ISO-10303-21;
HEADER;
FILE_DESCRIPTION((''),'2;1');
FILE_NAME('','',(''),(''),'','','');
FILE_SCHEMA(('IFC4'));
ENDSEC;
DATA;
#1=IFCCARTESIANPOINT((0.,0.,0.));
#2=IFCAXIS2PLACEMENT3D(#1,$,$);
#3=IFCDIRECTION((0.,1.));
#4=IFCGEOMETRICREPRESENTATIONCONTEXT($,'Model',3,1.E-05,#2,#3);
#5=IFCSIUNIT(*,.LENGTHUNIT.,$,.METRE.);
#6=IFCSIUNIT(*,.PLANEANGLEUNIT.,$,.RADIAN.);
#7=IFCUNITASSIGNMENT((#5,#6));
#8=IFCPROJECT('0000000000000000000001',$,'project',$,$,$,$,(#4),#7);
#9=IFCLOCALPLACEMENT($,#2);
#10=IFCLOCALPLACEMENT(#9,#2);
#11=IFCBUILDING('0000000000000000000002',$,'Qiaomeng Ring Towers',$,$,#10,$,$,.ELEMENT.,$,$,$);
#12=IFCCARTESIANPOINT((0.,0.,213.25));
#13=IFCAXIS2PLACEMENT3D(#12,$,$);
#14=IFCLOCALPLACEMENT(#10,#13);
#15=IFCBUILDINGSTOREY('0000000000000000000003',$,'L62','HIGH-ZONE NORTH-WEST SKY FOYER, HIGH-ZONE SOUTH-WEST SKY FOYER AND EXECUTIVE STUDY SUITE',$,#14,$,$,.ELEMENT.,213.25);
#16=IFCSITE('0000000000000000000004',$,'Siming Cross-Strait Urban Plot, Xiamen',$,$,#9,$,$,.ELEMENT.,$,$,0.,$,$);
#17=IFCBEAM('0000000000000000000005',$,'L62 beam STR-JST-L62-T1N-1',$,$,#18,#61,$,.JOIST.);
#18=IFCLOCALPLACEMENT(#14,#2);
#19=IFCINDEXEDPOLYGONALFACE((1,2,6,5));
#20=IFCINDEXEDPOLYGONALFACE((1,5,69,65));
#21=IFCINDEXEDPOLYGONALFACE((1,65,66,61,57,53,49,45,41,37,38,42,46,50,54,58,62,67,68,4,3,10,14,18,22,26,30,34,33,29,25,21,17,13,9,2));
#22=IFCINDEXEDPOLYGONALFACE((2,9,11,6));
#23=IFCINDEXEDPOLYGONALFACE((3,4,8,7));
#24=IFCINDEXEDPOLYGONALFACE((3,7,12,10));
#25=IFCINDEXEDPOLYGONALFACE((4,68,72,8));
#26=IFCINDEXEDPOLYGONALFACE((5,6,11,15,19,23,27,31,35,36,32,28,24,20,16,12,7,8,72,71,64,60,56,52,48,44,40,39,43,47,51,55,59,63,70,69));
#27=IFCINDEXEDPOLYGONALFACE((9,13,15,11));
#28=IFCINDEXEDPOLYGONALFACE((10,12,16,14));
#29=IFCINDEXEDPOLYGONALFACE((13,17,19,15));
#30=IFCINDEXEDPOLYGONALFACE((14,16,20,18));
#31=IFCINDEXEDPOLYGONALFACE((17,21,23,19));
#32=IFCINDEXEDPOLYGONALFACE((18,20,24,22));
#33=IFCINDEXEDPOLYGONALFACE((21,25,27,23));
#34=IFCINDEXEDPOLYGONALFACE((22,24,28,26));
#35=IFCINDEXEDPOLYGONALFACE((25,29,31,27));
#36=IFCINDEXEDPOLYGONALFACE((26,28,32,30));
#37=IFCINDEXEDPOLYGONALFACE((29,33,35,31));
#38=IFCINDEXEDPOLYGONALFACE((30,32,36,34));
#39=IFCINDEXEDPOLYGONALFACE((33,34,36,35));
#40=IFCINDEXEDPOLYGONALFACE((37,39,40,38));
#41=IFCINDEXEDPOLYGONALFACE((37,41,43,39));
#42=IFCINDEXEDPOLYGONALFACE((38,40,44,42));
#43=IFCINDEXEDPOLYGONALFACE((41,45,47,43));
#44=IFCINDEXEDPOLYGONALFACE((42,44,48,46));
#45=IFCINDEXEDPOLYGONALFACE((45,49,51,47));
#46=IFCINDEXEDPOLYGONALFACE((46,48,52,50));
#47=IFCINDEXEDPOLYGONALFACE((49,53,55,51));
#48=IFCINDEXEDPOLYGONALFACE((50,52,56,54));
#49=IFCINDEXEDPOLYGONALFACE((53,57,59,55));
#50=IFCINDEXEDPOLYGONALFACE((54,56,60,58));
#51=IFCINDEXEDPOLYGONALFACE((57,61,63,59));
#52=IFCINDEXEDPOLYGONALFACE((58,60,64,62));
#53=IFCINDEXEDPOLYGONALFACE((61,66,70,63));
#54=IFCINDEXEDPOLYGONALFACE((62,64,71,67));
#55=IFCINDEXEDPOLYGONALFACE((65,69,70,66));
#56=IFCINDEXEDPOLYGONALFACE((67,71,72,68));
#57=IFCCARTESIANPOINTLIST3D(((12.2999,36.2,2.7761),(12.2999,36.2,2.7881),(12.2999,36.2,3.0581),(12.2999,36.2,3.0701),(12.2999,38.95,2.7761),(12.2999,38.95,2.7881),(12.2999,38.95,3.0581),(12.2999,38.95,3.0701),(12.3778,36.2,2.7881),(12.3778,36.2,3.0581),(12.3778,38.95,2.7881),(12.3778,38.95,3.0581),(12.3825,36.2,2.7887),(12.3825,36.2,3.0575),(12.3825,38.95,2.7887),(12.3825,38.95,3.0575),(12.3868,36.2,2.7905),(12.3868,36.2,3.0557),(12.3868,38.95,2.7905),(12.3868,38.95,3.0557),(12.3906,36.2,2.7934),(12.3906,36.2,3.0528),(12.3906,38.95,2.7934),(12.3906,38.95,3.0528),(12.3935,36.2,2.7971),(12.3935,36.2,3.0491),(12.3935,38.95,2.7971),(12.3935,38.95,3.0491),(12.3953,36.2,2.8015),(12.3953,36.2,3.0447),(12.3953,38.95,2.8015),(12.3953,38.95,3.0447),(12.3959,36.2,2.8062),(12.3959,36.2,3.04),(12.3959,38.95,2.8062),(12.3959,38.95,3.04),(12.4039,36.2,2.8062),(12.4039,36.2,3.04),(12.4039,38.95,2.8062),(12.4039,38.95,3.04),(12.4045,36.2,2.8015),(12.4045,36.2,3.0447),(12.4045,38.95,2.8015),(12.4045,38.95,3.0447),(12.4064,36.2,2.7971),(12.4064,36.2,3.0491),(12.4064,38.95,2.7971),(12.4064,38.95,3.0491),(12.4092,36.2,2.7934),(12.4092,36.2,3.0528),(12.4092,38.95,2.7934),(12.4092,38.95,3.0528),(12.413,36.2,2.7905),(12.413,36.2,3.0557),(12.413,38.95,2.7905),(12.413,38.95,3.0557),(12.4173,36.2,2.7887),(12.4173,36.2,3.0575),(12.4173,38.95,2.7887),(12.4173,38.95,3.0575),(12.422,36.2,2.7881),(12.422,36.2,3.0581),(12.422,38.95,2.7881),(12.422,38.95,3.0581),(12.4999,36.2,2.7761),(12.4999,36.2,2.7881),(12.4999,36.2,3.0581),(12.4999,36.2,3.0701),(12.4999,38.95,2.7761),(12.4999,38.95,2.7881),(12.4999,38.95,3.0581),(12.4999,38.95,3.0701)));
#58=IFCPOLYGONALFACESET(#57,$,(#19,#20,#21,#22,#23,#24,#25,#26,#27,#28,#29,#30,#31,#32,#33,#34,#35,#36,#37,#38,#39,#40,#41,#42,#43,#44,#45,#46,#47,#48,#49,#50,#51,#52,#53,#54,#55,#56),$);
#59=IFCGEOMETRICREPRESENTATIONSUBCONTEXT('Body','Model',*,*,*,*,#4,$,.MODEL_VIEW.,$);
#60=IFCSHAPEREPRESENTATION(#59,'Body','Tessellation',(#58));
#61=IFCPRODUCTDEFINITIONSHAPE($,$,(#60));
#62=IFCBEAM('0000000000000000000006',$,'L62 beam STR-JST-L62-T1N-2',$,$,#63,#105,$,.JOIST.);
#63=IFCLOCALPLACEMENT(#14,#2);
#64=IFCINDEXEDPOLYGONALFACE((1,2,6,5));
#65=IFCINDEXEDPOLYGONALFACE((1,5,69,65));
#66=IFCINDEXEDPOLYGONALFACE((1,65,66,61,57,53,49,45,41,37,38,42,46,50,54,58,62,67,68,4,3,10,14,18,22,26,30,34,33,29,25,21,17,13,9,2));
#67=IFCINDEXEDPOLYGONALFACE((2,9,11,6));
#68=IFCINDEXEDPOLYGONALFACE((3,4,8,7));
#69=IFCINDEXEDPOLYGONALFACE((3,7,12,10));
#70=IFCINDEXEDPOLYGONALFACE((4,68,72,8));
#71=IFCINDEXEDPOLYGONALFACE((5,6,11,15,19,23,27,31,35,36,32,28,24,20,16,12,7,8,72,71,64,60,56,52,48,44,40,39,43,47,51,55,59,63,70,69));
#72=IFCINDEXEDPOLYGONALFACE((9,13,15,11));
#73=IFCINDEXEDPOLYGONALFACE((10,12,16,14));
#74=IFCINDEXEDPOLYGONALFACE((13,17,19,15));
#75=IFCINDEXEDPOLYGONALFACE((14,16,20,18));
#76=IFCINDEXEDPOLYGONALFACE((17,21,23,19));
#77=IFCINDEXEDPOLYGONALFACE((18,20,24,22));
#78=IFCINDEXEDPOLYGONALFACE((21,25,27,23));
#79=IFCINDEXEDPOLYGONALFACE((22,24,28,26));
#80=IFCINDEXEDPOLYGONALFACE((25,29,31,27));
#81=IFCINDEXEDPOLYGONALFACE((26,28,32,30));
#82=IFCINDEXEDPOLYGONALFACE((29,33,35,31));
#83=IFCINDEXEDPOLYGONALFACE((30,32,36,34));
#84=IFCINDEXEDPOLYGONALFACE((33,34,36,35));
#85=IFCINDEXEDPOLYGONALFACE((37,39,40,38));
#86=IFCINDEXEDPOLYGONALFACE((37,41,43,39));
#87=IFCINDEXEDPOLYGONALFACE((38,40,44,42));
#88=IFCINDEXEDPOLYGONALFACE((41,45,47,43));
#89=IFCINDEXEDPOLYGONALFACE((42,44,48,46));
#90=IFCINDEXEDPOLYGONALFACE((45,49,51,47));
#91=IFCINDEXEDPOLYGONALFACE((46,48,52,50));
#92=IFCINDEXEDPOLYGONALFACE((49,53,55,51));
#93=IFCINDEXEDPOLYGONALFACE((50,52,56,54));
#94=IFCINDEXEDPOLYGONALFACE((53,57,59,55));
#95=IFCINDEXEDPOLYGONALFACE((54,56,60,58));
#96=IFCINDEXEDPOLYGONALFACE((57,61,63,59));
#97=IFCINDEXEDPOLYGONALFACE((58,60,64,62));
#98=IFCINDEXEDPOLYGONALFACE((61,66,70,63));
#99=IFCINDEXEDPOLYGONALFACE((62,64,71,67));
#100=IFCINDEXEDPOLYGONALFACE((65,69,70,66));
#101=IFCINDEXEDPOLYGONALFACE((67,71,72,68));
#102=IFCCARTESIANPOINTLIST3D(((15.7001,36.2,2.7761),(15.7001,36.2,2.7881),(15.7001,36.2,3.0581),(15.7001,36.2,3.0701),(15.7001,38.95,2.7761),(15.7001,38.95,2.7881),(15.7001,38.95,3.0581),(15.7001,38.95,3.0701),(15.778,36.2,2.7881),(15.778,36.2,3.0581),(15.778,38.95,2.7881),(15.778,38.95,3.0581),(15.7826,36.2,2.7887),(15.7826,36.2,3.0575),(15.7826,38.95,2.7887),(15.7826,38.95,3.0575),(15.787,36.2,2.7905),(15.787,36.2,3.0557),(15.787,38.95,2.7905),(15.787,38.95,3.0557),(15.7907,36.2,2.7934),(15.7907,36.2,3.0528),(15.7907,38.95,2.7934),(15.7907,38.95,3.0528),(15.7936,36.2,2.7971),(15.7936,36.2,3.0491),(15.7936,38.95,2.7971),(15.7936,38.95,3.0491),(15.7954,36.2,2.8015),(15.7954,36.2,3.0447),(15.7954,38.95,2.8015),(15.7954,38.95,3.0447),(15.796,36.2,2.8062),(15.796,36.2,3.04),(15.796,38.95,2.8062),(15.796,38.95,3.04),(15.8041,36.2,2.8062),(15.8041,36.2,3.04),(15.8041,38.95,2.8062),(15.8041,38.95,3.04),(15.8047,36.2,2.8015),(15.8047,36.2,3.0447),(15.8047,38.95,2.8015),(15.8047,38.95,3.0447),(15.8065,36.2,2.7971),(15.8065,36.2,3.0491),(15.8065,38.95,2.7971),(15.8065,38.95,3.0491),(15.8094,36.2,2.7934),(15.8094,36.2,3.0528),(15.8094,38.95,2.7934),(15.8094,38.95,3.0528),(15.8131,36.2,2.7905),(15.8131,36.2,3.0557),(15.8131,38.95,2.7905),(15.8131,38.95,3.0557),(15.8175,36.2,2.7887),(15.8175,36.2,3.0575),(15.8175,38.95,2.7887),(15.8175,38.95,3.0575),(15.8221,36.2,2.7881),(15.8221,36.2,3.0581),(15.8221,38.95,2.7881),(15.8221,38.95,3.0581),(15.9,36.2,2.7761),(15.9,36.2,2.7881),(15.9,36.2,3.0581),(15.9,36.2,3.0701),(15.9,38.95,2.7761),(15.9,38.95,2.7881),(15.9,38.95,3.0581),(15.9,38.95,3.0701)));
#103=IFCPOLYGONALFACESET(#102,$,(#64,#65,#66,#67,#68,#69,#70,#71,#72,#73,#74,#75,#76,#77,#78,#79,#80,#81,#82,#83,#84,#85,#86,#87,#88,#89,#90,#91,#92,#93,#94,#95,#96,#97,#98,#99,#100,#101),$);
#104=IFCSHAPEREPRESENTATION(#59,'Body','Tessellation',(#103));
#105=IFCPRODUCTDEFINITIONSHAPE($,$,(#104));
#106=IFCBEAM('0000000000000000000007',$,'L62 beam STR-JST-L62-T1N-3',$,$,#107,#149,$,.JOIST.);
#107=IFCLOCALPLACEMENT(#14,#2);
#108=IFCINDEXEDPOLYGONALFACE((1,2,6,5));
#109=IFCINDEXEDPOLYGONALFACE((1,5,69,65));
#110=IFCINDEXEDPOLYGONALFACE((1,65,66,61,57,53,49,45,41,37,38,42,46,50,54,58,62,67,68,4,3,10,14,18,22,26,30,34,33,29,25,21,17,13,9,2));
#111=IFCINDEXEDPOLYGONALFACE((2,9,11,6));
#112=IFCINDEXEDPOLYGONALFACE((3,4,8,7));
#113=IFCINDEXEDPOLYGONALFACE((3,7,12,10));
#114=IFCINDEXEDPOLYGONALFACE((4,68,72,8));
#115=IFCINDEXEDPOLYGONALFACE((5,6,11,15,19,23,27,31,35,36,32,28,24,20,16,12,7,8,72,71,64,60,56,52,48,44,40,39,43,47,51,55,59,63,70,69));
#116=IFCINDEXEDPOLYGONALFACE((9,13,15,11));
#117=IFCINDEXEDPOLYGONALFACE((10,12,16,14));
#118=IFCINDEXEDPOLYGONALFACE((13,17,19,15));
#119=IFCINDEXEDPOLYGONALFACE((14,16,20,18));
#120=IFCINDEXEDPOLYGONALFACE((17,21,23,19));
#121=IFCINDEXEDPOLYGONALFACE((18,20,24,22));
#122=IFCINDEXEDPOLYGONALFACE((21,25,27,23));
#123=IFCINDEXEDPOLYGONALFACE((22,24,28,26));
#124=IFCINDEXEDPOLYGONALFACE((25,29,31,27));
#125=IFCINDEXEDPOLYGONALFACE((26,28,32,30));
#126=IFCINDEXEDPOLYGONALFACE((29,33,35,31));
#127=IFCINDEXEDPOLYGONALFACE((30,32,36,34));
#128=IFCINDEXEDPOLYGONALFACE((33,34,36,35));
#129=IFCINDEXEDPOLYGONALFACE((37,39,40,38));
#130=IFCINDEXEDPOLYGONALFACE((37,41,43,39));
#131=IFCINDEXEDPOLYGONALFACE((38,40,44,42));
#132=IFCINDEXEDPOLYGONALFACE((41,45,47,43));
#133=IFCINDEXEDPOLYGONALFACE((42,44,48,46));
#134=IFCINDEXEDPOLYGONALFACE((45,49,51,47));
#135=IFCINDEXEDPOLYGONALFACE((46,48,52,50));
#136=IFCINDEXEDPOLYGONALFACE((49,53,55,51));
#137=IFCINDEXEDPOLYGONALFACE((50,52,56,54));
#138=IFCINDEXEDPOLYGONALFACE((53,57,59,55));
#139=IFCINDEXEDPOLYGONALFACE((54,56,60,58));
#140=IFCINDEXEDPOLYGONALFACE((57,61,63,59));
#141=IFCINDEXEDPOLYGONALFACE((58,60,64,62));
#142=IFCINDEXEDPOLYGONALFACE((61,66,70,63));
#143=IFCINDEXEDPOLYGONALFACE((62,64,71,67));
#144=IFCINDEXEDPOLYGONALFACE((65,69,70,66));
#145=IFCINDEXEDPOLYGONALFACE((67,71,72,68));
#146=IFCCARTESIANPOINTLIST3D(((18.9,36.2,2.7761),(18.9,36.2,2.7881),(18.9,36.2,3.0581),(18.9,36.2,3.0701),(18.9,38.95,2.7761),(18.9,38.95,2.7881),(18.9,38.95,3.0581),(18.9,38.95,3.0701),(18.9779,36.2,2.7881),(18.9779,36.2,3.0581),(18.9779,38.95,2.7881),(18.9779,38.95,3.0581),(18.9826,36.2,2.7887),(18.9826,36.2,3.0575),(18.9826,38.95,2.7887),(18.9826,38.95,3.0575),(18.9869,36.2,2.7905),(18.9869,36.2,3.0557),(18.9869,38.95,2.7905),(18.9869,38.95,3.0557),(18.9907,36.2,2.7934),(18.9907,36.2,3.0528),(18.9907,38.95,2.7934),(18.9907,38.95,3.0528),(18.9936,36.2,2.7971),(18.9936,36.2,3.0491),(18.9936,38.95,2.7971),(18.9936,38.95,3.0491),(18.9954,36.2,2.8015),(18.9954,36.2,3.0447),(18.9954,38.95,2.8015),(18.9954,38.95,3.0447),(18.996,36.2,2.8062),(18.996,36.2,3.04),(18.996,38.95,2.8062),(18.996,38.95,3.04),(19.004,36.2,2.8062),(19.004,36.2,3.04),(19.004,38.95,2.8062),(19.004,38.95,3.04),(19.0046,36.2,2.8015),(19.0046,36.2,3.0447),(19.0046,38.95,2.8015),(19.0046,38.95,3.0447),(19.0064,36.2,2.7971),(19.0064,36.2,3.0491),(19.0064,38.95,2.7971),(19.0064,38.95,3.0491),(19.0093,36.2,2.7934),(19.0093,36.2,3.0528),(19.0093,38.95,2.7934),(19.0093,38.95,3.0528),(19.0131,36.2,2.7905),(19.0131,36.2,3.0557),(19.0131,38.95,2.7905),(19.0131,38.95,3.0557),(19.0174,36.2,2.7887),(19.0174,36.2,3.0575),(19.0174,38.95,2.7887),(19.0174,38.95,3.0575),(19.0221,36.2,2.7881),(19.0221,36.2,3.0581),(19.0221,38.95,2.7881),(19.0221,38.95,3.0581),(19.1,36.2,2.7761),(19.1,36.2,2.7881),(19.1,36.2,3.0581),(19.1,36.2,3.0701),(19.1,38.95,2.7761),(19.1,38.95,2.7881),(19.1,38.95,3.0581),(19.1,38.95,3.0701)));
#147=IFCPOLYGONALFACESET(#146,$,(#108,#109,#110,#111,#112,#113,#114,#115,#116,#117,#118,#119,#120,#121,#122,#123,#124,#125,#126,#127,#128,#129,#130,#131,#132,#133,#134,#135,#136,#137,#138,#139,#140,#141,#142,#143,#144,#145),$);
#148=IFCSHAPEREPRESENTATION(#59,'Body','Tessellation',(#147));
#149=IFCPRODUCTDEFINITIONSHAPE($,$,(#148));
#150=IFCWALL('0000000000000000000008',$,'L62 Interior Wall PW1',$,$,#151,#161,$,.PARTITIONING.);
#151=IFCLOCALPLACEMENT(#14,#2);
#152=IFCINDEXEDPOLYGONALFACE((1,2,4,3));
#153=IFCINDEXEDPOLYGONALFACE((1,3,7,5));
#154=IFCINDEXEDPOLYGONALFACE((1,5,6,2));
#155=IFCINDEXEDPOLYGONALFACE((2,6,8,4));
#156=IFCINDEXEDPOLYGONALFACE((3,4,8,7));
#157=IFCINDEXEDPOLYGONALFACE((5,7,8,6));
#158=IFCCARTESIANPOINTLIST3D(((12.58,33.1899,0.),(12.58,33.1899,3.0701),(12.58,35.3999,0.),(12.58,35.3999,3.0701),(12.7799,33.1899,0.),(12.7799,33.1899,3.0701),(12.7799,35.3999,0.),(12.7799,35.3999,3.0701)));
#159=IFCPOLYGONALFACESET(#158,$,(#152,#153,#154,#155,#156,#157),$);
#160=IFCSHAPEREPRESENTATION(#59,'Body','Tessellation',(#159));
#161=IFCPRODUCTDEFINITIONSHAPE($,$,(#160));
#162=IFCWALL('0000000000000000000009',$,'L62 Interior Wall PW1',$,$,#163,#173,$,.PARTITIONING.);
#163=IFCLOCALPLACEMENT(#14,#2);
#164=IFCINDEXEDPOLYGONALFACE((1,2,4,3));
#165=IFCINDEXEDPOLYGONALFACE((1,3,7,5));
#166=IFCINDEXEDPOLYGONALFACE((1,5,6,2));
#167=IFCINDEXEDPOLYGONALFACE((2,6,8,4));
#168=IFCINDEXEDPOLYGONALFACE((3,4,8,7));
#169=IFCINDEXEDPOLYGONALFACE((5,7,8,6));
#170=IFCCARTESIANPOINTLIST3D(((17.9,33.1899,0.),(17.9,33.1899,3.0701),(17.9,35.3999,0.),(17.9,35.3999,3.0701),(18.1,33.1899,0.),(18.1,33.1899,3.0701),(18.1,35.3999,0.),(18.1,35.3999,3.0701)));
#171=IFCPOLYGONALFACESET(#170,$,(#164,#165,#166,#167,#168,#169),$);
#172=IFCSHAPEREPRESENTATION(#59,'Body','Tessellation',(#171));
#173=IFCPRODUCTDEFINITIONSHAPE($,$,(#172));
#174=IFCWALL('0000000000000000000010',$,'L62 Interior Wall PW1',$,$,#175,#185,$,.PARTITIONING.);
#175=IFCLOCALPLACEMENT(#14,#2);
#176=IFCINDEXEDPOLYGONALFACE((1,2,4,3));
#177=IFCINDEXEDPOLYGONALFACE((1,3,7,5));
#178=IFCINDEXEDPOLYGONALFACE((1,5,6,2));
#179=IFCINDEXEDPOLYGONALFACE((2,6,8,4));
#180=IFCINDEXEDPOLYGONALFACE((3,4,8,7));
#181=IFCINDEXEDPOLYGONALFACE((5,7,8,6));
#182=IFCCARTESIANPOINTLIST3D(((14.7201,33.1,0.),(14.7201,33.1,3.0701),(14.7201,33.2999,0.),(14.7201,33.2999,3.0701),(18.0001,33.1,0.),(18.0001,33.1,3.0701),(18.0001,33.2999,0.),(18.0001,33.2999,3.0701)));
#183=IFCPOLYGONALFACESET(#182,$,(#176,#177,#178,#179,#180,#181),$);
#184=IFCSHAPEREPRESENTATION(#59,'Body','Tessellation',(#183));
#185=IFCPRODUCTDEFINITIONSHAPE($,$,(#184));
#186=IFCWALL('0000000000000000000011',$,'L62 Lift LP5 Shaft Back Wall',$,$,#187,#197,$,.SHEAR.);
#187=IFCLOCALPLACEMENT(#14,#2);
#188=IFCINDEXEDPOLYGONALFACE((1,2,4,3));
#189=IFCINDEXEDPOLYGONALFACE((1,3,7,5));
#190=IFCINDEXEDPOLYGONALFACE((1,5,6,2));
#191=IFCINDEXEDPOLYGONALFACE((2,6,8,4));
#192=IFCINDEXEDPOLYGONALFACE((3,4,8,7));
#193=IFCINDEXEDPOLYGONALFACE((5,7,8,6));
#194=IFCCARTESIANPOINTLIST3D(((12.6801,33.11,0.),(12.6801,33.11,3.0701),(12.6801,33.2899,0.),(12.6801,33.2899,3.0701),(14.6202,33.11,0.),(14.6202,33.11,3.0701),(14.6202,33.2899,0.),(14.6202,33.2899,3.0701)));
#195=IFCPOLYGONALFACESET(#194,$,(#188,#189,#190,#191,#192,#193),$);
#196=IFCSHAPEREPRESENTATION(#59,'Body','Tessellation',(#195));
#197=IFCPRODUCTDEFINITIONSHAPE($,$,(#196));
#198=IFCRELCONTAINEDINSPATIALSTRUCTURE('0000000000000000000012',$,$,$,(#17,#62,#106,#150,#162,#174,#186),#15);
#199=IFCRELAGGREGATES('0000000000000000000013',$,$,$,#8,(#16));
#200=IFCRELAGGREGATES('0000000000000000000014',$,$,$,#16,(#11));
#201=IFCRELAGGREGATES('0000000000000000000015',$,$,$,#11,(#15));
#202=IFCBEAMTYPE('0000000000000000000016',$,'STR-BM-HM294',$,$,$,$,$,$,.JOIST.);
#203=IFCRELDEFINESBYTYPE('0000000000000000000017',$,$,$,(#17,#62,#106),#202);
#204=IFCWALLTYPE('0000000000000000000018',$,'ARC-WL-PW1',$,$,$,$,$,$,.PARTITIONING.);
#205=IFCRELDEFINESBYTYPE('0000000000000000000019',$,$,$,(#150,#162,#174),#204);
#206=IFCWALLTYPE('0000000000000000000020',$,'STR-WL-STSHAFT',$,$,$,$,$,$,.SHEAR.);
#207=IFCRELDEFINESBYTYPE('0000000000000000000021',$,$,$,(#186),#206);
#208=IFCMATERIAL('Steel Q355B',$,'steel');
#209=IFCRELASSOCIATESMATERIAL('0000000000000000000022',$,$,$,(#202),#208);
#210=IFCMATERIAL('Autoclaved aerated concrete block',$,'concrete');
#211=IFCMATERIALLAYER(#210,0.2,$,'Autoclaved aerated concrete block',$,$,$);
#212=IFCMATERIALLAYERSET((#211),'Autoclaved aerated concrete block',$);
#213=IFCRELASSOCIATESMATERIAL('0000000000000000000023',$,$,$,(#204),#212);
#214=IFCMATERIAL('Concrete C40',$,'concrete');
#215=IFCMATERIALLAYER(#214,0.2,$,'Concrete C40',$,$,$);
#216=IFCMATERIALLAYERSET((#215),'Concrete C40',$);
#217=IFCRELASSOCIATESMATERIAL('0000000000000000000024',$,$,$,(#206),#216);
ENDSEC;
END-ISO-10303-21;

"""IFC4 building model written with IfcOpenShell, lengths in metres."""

from ifc_helpers import new_model, si_unit, direction, frame, frame_2d, origin, origin_2d, place, context, subcontext, project, spatial, rectangle, i_section, extrude, source, transform, mapped, material, layer, layer_set, material_profile, profile_set, type_object, element, save


model = new_model("IFC4")

# Units and contexts
model_context = context("Model", 3, precision=1e-05, world=origin(), true_north=direction((0.0, 1.0)))
body_context = subcontext(model_context, "Body", "Model", "MODEL_VIEW")
ifc_project = project(units=[si_unit("LENGTHUNIT", "METRE"), si_unit("PLANEANGLEUNIT", "RADIAN")], contexts=[model_context])

# Site, building, storey
site_placement = place(None, origin())
site = spatial("IfcSite", under=ifc_project, at=site_placement, Name="Siming Cross-Strait Urban Plot, Xiamen", CompositionType="ELEMENT", RefElevation=0.0)
building_placement = place(site_placement, origin())
building = spatial("IfcBuilding", under=site, at=building_placement, Name="Qiaomeng Ring Towers", CompositionType="ELEMENT")
storey_placement = place(building_placement, frame((0.0, 0.0, 213.25)))
storey = spatial("IfcBuildingStorey", under=building, at=storey_placement, Name="L62", Description="HIGH-ZONE NORTH-WEST SKY FOYER, HIGH-ZONE SOUTH-WEST SKY FOYER AND EXECUTIVE STUDY SUITE", CompositionType="ELEMENT", Elevation=213.25)

# Beams
ifc_material_1 = material(Name="Steel Q355B", Category="steel")
ifc_material_profile = material_profile(ifc_material_1, i_section(OverallWidth=0.2, OverallDepth=0.2939, WebThickness=0.0081, FlangeThickness=0.012, FilletRadius=0.0181, at=origin_2d()), Name="HM 294x200x8x12")
ifc_profile_set = profile_set([ifc_material_profile], Name="Steel Q355B")
beam_type = type_object("IfcBeamType", Name="STR-BM-HM294", PredefinedType="JOIST", material=ifc_profile_set)
shared_shape_1 = source(origin(), body_context, "Body", "SweptSolid", [
    extrude(i_section(OverallWidth=0.2, OverallDepth=0.2939, WebThickness=0.0081, FlangeThickness=0.012, FilletRadius=0.0181, at=origin_2d()), origin(), (0.0, 0.0, 1.0), 2.75),
])
for number, where, z_axis, x_axis, name in (
    (1, (12.3999, 36.2, 2.9231), (0.0, 1.0, 0.0), (-1.0, 0.0, 0.0), "L62 beam STR-JST-L62-T1N-1"),
    (2, (15.8, 36.2, 2.9231), (0.0, 1.0, 0.0), (-1.0, 0.0, 0.0), "L62 beam STR-JST-L62-T1N-2"),
    (3, (19.0, 36.2, 2.9231), (0.0, 1.0, 0.0), (-1.0, 0.0, 0.0), "L62 beam STR-JST-L62-T1N-3"),
):
    element("IfcBeam", number, at=place(storey_placement, frame(where, z_axis=z_axis, x_axis=x_axis)), inside=storey, type_object=beam_type, Name=name, PredefinedType="JOIST", context=body_context, shape_type="MappedRepresentation", body=[
        mapped(shared_shape_1, transform((0.0, 0.0, 0.0), x_axis=(1.0, 0.0, 0.0), y_axis=(0.0, 1.0, 0.0), z_axis=(0.0, 0.0, 1.0), scale=1.0)),
    ])

# Walls
ifc_material_2 = material(Name="Autoclaved aerated concrete block", Category="concrete")
ifc_layer_1 = layer(ifc_material_2, 0.2, Name="Autoclaved aerated concrete block")
ifc_layer_set_1 = layer_set([ifc_layer_1], Name="Autoclaved aerated concrete block")
wall_type_1 = type_object("IfcWallType", Name="ARC-WL-PW1", PredefinedType="PARTITIONING", material=ifc_layer_set_1)
for number, where, z_axis, x_axis, name in (
    (4, (12.6799, 33.1899, 0.0), (0.0, 0.0, 1.0), (0.0, 1.0, 0.0), "L62 Interior Wall PW1"),
    (5, (18.0, 33.1899, 0.0), (0.0, 0.0, 1.0), (0.0, 1.0, 0.0), "L62 Interior Wall PW1"),
):
    element("IfcWall", number, at=place(storey_placement, frame(where, z_axis=z_axis, x_axis=x_axis)), inside=storey, type_object=wall_type_1, Name=name, PredefinedType="PARTITIONING", context=body_context, shape_type="SweptSolid", body=[
        extrude(rectangle(XDim=2.21, YDim=0.2, at=frame_2d((1.105, 0.0))), origin(), (0.0, 0.0, 1.0), 3.0701),
    ])
wall_1_placement = place(storey_placement, frame((14.72, 33.2, 0.0), z_axis=(0.0, 0.0, 1.0), x_axis=(1.0, 0.0, 0.0)))
element("IfcWall", 6, at=wall_1_placement, inside=storey, type_object=wall_type_1, Name="L62 Interior Wall PW1", PredefinedType="PARTITIONING", context=body_context, shape_type="SweptSolid", body=[
    extrude(rectangle(XDim=3.28, YDim=0.2, at=frame_2d((1.6401, 0.0))), origin(), (0.0, 0.0, 1.0), 3.0701),
])
ifc_material_3 = material(Name="Concrete C40", Category="concrete")
ifc_layer_2 = layer(ifc_material_3, 0.2, Name="Concrete C40")
ifc_layer_set_2 = layer_set([ifc_layer_2], Name="Concrete C40")
wall_type_2 = type_object("IfcWallType", Name="STR-WL-STSHAFT", PredefinedType="SHEAR", material=ifc_layer_set_2)
wall_2_placement = place(storey_placement, frame((12.6799, 33.2, 0.0), z_axis=(0.0, 0.0, 1.0), x_axis=(1.0, 0.0, 0.0)))
element("IfcWall", 7, at=wall_2_placement, inside=storey, type_object=wall_type_2, Name="L62 Lift LP5 Shaft Back Wall", PredefinedType="SHEAR", context=body_context, shape_type="SweptSolid", body=[
    extrude(rectangle(XDim=1.9402, YDim=0.1799, at=frame_2d((0.9702, 0.0))), origin(), (0.0, 0.0, 1.0), 3.0701),
])

save(model, "model.ifc")
